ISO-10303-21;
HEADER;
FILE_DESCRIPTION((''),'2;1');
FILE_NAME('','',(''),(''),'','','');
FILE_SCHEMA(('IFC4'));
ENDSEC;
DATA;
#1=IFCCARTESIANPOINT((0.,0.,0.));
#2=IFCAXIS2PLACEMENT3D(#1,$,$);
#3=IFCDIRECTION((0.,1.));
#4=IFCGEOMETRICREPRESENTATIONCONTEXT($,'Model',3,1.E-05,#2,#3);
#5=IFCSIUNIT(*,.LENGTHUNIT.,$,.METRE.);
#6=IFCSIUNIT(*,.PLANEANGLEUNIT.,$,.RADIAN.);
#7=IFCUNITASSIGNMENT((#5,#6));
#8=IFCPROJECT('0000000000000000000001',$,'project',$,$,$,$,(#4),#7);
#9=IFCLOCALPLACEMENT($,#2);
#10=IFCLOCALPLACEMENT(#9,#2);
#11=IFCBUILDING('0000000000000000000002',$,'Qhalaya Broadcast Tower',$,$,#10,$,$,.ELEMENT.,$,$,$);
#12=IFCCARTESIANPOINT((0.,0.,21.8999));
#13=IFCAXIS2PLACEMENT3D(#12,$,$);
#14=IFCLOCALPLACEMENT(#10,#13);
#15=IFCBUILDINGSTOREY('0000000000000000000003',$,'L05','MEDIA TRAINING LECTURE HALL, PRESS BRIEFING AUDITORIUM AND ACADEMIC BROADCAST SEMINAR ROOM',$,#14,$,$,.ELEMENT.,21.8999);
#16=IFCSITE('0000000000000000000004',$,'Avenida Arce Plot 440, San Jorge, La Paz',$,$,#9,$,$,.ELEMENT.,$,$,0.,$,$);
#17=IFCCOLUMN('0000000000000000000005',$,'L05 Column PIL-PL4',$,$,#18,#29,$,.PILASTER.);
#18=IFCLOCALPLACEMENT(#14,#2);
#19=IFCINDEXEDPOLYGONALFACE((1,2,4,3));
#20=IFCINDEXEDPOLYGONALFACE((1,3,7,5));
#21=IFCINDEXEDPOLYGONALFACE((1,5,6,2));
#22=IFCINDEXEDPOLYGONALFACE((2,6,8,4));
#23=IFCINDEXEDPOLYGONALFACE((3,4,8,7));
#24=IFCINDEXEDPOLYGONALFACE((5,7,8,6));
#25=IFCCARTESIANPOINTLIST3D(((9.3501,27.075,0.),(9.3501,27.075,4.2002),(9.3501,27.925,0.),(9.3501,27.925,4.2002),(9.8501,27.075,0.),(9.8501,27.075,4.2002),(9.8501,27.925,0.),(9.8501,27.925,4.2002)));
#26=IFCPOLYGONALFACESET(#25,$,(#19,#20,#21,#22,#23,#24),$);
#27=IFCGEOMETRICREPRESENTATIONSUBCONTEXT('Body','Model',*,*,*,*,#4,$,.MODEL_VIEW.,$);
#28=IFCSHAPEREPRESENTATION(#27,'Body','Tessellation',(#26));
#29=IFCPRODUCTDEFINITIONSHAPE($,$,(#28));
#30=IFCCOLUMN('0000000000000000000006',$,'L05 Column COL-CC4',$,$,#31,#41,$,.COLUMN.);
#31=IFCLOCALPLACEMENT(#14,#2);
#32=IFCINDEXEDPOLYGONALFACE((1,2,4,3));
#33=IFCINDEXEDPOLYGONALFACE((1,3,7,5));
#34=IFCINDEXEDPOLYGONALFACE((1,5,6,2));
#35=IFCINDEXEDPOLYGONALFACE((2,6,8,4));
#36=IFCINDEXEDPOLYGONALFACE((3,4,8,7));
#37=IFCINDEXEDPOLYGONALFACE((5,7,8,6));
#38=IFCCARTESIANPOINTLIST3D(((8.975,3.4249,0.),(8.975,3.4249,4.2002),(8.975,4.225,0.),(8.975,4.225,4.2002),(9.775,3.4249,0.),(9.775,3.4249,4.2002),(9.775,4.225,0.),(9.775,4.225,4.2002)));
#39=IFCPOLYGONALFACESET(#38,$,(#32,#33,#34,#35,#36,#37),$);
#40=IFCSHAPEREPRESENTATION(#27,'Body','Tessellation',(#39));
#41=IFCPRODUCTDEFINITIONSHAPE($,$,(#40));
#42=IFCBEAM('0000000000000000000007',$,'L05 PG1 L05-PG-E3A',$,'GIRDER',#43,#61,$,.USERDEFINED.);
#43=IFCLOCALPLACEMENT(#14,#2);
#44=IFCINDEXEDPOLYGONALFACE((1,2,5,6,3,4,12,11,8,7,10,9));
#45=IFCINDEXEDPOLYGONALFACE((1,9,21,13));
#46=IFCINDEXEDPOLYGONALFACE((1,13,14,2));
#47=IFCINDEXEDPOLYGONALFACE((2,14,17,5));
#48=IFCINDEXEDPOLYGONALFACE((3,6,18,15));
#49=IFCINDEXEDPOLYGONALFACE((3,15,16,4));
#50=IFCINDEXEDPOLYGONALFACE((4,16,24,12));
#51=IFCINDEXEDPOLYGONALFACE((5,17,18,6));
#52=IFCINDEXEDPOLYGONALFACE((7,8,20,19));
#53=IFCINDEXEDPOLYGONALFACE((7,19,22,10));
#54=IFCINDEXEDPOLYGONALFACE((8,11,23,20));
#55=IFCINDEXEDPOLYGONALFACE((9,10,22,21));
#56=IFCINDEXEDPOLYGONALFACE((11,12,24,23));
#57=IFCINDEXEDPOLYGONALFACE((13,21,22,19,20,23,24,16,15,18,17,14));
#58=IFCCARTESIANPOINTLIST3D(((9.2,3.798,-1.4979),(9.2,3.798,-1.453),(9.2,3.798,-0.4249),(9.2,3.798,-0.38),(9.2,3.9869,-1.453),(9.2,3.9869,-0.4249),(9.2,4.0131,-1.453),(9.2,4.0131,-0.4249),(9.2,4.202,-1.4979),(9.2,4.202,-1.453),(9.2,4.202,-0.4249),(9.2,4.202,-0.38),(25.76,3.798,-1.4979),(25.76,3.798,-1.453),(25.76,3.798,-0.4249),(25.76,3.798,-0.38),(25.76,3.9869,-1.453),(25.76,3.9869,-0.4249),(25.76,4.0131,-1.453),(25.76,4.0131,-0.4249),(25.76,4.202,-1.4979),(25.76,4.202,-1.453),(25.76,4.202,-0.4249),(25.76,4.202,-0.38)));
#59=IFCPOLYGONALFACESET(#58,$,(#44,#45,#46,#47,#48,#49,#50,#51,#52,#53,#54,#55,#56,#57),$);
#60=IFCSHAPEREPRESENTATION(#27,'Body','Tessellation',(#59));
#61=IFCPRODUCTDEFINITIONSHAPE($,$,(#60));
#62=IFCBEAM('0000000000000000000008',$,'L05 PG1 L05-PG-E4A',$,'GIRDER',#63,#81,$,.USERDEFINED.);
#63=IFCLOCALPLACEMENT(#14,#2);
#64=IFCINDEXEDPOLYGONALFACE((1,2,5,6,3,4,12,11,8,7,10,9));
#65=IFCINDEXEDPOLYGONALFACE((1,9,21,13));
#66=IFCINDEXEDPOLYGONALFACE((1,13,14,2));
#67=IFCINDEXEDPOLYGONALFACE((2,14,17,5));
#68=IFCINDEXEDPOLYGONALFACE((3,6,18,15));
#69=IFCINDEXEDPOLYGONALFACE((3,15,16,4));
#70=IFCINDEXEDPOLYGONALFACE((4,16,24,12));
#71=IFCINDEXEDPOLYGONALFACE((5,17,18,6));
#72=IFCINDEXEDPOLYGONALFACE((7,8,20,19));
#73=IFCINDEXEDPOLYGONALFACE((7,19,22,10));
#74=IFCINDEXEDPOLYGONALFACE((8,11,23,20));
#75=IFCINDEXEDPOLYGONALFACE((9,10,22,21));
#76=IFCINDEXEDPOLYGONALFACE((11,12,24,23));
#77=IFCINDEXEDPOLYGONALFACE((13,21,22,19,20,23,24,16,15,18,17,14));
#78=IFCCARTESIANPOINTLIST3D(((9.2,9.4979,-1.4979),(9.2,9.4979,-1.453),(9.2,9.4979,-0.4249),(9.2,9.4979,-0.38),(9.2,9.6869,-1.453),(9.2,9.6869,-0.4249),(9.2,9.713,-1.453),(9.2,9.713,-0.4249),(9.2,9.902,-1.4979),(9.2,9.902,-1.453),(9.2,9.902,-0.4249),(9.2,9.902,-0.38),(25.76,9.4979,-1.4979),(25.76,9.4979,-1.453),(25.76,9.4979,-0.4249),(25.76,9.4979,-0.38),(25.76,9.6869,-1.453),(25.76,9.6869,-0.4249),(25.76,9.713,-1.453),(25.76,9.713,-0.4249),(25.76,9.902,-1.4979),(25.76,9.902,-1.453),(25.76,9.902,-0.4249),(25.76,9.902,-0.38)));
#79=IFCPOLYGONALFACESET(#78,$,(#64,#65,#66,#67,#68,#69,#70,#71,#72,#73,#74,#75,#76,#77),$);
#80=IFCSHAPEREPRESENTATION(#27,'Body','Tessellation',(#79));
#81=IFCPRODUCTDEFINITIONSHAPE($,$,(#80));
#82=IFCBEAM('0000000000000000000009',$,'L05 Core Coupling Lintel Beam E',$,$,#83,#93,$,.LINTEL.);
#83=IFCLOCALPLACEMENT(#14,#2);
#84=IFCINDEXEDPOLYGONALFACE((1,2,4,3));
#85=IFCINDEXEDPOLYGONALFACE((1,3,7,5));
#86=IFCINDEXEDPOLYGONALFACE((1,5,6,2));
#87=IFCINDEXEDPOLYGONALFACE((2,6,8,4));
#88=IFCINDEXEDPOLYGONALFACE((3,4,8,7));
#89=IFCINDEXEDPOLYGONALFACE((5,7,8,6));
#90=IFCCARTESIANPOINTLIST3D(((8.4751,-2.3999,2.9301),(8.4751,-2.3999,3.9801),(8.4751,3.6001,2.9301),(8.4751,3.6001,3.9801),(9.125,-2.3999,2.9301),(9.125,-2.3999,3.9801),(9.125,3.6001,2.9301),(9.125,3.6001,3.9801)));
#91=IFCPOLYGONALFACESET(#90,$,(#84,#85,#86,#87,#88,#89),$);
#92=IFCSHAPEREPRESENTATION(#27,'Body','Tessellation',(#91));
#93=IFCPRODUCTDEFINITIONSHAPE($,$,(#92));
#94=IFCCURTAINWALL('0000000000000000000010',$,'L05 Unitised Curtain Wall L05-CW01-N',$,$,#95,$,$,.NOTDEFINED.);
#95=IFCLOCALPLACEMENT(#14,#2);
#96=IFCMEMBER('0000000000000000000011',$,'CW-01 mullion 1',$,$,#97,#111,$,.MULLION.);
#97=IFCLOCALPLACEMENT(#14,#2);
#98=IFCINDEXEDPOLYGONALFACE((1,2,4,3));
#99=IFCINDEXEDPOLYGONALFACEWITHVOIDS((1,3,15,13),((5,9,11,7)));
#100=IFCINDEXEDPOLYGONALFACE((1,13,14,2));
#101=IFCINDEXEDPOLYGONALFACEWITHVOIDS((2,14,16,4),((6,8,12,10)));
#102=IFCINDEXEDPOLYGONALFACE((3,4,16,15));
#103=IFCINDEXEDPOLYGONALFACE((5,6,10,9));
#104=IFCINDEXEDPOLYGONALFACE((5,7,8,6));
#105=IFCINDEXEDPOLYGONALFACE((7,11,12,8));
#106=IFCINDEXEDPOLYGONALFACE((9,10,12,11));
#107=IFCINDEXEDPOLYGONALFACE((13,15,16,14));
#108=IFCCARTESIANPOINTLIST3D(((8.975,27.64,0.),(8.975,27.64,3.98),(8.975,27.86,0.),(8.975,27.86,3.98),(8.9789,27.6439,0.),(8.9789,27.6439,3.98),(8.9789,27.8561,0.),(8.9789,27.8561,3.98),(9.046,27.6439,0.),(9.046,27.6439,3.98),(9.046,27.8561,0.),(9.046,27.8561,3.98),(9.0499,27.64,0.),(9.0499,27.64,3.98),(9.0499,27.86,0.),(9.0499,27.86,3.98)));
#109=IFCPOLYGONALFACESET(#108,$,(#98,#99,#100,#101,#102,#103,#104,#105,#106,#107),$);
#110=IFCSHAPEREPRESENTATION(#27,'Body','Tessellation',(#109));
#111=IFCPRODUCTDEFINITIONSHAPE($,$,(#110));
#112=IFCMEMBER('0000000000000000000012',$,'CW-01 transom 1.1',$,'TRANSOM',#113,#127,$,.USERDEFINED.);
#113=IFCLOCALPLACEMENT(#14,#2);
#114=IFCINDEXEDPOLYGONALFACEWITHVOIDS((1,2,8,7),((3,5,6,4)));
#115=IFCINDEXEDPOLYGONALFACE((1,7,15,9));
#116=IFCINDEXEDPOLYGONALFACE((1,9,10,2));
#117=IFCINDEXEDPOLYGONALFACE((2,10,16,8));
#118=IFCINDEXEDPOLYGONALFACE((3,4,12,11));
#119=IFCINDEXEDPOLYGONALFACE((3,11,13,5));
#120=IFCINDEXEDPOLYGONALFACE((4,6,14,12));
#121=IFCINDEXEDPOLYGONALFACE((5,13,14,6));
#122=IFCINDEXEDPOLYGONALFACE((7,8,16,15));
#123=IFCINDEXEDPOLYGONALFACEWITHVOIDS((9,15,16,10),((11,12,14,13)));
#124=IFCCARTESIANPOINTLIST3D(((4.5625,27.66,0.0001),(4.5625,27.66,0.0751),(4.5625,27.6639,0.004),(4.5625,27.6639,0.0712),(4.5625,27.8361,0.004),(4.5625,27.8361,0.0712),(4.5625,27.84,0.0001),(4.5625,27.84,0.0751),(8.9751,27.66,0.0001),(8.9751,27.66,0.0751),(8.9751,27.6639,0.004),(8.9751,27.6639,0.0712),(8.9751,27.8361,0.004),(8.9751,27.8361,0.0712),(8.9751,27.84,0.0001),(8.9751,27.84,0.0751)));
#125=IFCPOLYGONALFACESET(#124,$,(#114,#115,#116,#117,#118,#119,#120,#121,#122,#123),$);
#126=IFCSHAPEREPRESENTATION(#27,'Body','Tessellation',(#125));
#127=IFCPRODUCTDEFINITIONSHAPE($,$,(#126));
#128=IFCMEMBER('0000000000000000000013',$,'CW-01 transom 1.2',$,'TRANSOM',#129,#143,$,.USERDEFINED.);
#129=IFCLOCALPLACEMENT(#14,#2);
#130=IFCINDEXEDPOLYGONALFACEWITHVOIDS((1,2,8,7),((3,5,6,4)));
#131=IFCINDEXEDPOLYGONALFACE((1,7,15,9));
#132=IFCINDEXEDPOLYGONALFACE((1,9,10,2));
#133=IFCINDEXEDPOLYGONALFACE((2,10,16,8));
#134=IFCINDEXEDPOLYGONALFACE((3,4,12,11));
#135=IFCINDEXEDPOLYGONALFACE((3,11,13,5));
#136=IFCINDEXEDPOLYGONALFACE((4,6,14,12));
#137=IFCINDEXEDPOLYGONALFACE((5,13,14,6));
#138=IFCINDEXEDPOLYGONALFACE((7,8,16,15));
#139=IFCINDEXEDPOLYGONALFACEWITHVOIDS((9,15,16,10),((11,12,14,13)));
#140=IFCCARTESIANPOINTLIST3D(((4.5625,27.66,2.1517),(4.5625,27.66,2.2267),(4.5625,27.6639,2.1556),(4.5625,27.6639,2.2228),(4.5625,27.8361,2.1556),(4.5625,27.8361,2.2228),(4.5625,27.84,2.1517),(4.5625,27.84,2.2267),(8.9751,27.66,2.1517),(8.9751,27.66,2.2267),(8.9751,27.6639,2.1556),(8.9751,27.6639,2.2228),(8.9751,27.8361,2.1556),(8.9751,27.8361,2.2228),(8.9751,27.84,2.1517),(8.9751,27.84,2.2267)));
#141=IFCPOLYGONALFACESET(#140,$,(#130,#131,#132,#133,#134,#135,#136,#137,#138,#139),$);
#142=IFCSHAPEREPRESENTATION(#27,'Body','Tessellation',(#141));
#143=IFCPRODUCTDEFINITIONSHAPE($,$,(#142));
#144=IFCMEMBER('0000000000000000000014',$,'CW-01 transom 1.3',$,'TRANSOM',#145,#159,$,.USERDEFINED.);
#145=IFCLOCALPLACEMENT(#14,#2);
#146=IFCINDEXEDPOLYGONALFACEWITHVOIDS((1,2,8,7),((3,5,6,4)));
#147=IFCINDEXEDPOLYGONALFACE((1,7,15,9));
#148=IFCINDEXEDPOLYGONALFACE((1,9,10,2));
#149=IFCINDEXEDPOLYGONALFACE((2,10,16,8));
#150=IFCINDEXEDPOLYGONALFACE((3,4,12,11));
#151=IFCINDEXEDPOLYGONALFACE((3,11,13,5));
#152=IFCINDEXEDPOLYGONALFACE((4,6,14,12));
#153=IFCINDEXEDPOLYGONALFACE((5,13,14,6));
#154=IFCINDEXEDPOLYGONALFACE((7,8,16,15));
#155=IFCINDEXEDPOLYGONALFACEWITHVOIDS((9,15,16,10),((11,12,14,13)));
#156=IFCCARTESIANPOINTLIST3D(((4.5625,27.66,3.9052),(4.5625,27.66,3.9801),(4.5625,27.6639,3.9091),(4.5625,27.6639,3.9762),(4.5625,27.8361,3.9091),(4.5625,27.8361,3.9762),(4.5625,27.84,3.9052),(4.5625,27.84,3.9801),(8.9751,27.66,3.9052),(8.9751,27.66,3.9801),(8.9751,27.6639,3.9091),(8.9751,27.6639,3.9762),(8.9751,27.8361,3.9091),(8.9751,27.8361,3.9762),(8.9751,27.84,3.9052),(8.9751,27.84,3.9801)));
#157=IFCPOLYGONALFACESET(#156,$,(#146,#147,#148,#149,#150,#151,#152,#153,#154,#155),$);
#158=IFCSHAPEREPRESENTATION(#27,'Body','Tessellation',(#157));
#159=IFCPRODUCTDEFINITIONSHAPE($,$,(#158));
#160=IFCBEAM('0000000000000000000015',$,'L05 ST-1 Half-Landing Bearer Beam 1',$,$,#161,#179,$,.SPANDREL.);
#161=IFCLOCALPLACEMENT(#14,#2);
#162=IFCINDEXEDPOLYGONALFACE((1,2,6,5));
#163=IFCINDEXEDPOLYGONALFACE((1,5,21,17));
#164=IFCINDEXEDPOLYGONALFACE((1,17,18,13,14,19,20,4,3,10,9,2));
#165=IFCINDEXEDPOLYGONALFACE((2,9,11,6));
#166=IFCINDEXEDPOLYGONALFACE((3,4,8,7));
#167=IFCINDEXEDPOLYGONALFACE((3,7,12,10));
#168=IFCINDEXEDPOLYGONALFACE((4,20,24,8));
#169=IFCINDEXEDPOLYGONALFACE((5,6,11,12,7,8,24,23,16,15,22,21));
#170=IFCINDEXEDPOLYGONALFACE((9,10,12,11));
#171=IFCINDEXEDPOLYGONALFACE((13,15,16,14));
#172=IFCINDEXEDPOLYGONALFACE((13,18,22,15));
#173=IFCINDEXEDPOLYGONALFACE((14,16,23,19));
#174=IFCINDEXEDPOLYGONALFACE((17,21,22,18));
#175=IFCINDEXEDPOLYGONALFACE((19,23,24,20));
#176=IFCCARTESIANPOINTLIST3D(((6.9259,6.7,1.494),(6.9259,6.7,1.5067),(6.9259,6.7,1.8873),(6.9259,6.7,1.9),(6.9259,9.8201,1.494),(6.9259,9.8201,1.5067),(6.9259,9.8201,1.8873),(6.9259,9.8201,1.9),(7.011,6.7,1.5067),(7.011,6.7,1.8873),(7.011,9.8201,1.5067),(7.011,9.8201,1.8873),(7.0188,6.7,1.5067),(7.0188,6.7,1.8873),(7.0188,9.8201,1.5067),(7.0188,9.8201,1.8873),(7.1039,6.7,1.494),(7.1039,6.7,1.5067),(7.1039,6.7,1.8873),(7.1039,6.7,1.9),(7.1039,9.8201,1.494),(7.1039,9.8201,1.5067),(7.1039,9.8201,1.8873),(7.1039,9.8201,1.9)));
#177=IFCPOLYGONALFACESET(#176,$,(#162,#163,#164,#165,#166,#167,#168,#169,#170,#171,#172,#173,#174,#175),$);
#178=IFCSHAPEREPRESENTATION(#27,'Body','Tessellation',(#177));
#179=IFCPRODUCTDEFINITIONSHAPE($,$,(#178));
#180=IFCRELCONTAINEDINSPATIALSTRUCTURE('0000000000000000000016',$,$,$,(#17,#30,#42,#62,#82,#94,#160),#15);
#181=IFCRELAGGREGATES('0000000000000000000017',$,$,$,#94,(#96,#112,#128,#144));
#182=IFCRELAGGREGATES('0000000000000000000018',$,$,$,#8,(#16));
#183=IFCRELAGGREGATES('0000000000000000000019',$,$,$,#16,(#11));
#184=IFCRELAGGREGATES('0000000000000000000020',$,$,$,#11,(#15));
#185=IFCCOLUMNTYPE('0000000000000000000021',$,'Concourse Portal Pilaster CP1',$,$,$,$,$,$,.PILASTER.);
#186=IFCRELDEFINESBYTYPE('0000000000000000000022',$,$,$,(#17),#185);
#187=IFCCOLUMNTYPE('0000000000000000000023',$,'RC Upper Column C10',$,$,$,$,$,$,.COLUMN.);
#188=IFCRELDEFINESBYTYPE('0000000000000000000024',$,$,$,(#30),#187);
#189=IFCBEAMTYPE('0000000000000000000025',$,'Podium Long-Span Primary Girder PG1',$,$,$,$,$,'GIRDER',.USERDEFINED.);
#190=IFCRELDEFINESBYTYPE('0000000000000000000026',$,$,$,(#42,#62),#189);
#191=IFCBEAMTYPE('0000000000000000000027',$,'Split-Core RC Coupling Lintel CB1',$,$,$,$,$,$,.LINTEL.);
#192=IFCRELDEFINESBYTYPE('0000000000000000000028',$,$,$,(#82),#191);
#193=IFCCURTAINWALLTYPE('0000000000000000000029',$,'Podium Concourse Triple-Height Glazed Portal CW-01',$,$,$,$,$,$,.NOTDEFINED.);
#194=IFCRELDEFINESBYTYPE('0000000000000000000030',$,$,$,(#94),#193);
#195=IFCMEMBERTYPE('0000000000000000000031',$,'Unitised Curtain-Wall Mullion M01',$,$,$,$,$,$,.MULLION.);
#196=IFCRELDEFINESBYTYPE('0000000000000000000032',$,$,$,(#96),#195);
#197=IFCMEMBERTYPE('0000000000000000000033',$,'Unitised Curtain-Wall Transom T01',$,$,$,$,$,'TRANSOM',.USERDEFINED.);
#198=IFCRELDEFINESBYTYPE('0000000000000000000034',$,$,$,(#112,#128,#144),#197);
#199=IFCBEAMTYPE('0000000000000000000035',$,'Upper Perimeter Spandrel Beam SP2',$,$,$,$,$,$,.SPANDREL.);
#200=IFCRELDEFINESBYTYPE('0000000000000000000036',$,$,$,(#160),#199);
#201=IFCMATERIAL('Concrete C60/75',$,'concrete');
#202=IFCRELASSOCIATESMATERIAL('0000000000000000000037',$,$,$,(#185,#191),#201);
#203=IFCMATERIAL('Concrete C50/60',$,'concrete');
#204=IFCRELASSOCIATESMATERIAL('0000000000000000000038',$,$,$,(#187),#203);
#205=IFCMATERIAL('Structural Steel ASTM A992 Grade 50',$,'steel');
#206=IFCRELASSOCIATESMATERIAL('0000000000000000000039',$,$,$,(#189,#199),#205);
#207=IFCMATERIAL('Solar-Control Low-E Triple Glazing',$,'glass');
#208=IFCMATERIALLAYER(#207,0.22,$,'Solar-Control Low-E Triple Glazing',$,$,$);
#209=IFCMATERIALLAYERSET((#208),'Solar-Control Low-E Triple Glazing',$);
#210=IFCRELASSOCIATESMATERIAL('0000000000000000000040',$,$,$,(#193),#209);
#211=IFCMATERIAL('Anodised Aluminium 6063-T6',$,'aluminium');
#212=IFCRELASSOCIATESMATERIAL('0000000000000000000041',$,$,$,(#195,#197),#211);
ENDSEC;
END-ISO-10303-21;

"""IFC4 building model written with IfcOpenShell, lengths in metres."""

from ifc_helpers import new_model, si_unit, direction, frame, origin, origin_2d, place, context, subcontext, project, spatial, rectangle, hollow_rectangle, i_section, extrude, material, layer, layer_set, material_profile, profile_set, type_object, element, aggregate, save


model = new_model("IFC4")

# Units and contexts
model_context = context("Model", 3, precision=1e-05, world=origin(), true_north=direction((0.0, 1.0)))
body_context = subcontext(model_context, "Body", "Model", "MODEL_VIEW")
ifc_project = project(units=[si_unit("LENGTHUNIT", "METRE"), si_unit("PLANEANGLEUNIT", "RADIAN")], contexts=[model_context])

# Site, building, storey
site_placement = place(None, origin())
site = spatial("IfcSite", under=ifc_project, at=site_placement, Name="Avenida Arce Plot 440, San Jorge, La Paz", CompositionType="ELEMENT", RefElevation=0.0)
building_placement = place(site_placement, origin())
building = spatial("IfcBuilding", under=site, at=building_placement, Name="Qhalaya Broadcast Tower", CompositionType="ELEMENT")
storey_placement = place(building_placement, frame((0.0, 0.0, 21.8999)))
storey = spatial("IfcBuildingStorey", under=building, at=storey_placement, Name="L05", Description="MEDIA TRAINING LECTURE HALL, PRESS BRIEFING AUDITORIUM AND ACADEMIC BROADCAST SEMINAR ROOM", CompositionType="ELEMENT", Elevation=21.8999)

# Columns
ifc_material_1 = material(Name="Concrete C60/75", Category="concrete")
ifc_material_profile_1 = material_profile(ifc_material_1, rectangle(XDim=0.5, YDim=0.8501, at=origin_2d()), Name="RC-PIL 500x850")
ifc_profile_set_1 = profile_set([ifc_material_profile_1], Name="Concrete C60/75")
column_type_1 = type_object("IfcColumnType", Name="Concourse Portal Pilaster CP1", PredefinedType="PILASTER", material=ifc_profile_set_1)
column_1_placement = place(storey_placement, frame((9.6001, 27.5, 0.0), z_axis=(0.0, 0.0, 1.0), x_axis=(1.0, 0.0, 0.0)))
element("IfcColumn", 1, at=column_1_placement, inside=storey, type_object=column_type_1, Name="L05 Column PIL-PL4", PredefinedType="PILASTER", context=body_context, shape_type="SweptSolid", body=[
    extrude(rectangle(XDim=0.5, YDim=0.8501, at=origin_2d()), origin(), (0.0, 0.0, 1.0), 4.2002),
])
ifc_material_2 = material(Name="Concrete C50/60", Category="concrete")
ifc_material_profile_2 = material_profile(ifc_material_2, rectangle(XDim=0.8, YDim=0.8, at=origin_2d()), Name="RC-COL 800x800")
ifc_profile_set_2 = profile_set([ifc_material_profile_2], Name="Concrete C50/60")
column_type_2 = type_object("IfcColumnType", Name="RC Upper Column C10", PredefinedType="COLUMN", material=ifc_profile_set_2)
column_2_placement = place(storey_placement, frame((9.375, 3.825, 0.0), z_axis=(0.0, 0.0, 1.0), x_axis=(1.0, 0.0, 0.0)))
element("IfcColumn", 2, at=column_2_placement, inside=storey, type_object=column_type_2, Name="L05 Column COL-CC4", PredefinedType="COLUMN", context=body_context, shape_type="SweptSolid", body=[
    extrude(rectangle(XDim=0.8, YDim=0.8, at=origin_2d()), origin(), (0.0, 0.0, 1.0), 4.2002),
])

# Beams
ifc_material_3 = material(Name="Structural Steel ASTM A992 Grade 50", Category="steel")
ifc_material_profile_3 = material_profile(ifc_material_3, i_section(OverallWidth=0.4041, OverallDepth=1.1179, WebThickness=0.0261, FlangeThickness=0.0449, at=origin_2d()), Name="W44X335")
ifc_profile_set_3 = profile_set([ifc_material_profile_3], Name="Structural Steel ASTM A992 Grade 50")
beam_type_1 = type_object("IfcBeamType", Name="Podium Long-Span Primary Girder PG1", ElementType="GIRDER", PredefinedType="USERDEFINED", material=ifc_profile_set_3)
for number, where, z_axis, x_axis, name in (
    (3, (9.2, 4.0, -0.939), (1.0, 0.0, 0.0), (0.0, 1.0, 0.0), "L05 PG1 L05-PG-E3A"),
    (4, (9.2, 9.7, -0.939), (1.0, 0.0, 0.0), (0.0, 1.0, 0.0), "L05 PG1 L05-PG-E4A"),
):
    element("IfcBeam", number, at=place(storey_placement, frame(where, z_axis=z_axis, x_axis=x_axis)), inside=storey, type_object=beam_type_1, Name=name, ObjectType="GIRDER", PredefinedType="USERDEFINED", context=body_context, shape_type="SweptSolid", body=[
        extrude(i_section(OverallWidth=0.4041, OverallDepth=1.1179, WebThickness=0.0261, FlangeThickness=0.0449, at=origin_2d()), origin(), (0.0, 0.0, 1.0), 16.5601),
    ])
ifc_material_profile_4 = material_profile(ifc_material_1, rectangle(XDim=0.6499, YDim=1.05, at=origin_2d()), Name="RC-CB 650x1050")
ifc_profile_set_4 = profile_set([ifc_material_profile_4], Name="Concrete C60/75")
beam_type_2 = type_object("IfcBeamType", Name="Split-Core RC Coupling Lintel CB1", PredefinedType="LINTEL", material=ifc_profile_set_4)
beam_placement = place(storey_placement, frame((8.8, -2.3999, 3.4551), z_axis=(0.0, 1.0, 0.0), x_axis=(-1.0, 0.0, 0.0)))
element("IfcBeam", 5, at=beam_placement, inside=storey, type_object=beam_type_2, Name="L05 Core Coupling Lintel Beam E", PredefinedType="LINTEL", context=body_context, shape_type="SweptSolid", body=[
    extrude(rectangle(XDim=0.6499, YDim=1.05, at=origin_2d()), origin(), (0.0, 0.0, 1.0), 6.0),
])

# Curtain wall, members
ifc_material_4 = material(Name="Solar-Control Low-E Triple Glazing", Category="glass")
ifc_layer_1 = layer(ifc_material_4, 0.22, Name="Solar-Control Low-E Triple Glazing")
ifc_layer_set_1 = layer_set([ifc_layer_1], Name="Solar-Control Low-E Triple Glazing")
curtain_wall_type = type_object("IfcCurtainWallType", Name="Podium Concourse Triple-Height Glazed Portal CW-01", PredefinedType="NOTDEFINED", material=ifc_layer_set_1)
curtain_wall_placement = place(storey_placement, origin())
curtain_wall = element("IfcCurtainWall", 6, at=curtain_wall_placement, inside=storey, type_object=curtain_wall_type, Name="L05 Unitised Curtain Wall L05-CW01-N", PredefinedType="NOTDEFINED")
ifc_material_5 = material(Name="Anodised Aluminium 6063-T6", Category="aluminium")
ifc_material_profile_5 = material_profile(ifc_material_5, hollow_rectangle(XDim=0.075, YDim=0.22, WallThickness=0.0039, at=origin_2d()), Name="ALU-MUL 75x220x4")
ifc_profile_set_5 = profile_set([ifc_material_profile_5], Name="Anodised Aluminium 6063-T6")
member_type_1 = type_object("IfcMemberType", Name="Unitised Curtain-Wall Mullion M01", PredefinedType="MULLION", material=ifc_profile_set_5)
member_1_placement = place(storey_placement, frame((9.0125, 27.75, 0.0), z_axis=(0.0, 0.0, 1.0), x_axis=(-1.0, 0.0, 0.0)))
member_1 = element("IfcMember", 7, at=member_1_placement, type_object=member_type_1, Name="CW-01 mullion 1", PredefinedType="MULLION", context=body_context, shape_type="SweptSolid", body=[
    extrude(hollow_rectangle(XDim=0.075, YDim=0.22, WallThickness=0.0039, at=origin_2d()), origin(), (0.0, 0.0, 1.0), 3.98),
])
ifc_material_profile_6 = material_profile(ifc_material_5, hollow_rectangle(XDim=0.075, YDim=0.1799, WallThickness=0.0039, at=origin_2d()), Name="ALU-TRN 75x180x4")
ifc_profile_set_6 = profile_set([ifc_material_profile_6], Name="Anodised Aluminium 6063-T6")
member_type_2 = type_object("IfcMemberType", Name="Unitised Curtain-Wall Transom T01", ElementType="TRANSOM", PredefinedType="USERDEFINED", material=ifc_profile_set_6)
member_2_placement = place(storey_placement, frame((8.9751, 27.75, 0.0376), z_axis=(-1.0, 0.0, 0.0), x_axis=(0.0, 0.0, 1.0)))
member_2 = element("IfcMember", 8, at=member_2_placement, type_object=member_type_2, Name="CW-01 transom 1.1", ObjectType="TRANSOM", PredefinedType="USERDEFINED", context=body_context, shape_type="SweptSolid", body=[
    extrude(hollow_rectangle(XDim=0.075, YDim=0.1799, WallThickness=0.0039, at=origin_2d()), origin(), (0.0, 0.0, 1.0), 4.4126),
])
member_3_placement = place(storey_placement, frame((8.9751, 27.75, 2.1892), z_axis=(-1.0, 0.0, 0.0), x_axis=(0.0, 0.0, 1.0)))
member_3 = element("IfcMember", 9, at=member_3_placement, type_object=member_type_2, Name="CW-01 transom 1.2", ObjectType="TRANSOM", PredefinedType="USERDEFINED", context=body_context, shape_type="SweptSolid", body=[
    extrude(hollow_rectangle(XDim=0.075, YDim=0.1799, WallThickness=0.0039, at=origin_2d()), origin(), (0.0, 0.0, 1.0), 4.4126),
])
member_4_placement = place(storey_placement, frame((8.9751, 27.75, 3.9426), z_axis=(-1.0, 0.0, 0.0), x_axis=(0.0, 0.0, 1.0)))
member_4 = element("IfcMember", 10, at=member_4_placement, type_object=member_type_2, Name="CW-01 transom 1.3", ObjectType="TRANSOM", PredefinedType="USERDEFINED", context=body_context, shape_type="SweptSolid", body=[
    extrude(hollow_rectangle(XDim=0.075, YDim=0.1799, WallThickness=0.0039, at=origin_2d()), origin(), (0.0, 0.0, 1.0), 4.4126),
])
aggregate(curtain_wall, [member_1, member_2, member_3, member_4])

# Beam
ifc_material_profile_7 = material_profile(ifc_material_3, i_section(OverallWidth=0.178, OverallDepth=0.406, WebThickness=0.0078, FlangeThickness=0.0127, at=origin_2d()), Name="W16X40")
ifc_profile_set_7 = profile_set([ifc_material_profile_7], Name="Structural Steel ASTM A992 Grade 50")
beam_type_3 = type_object("IfcBeamType", Name="Upper Perimeter Spandrel Beam SP2", PredefinedType="SPANDREL", material=ifc_profile_set_7)
for number, where, z_axis, x_axis, name in (
    (11, (7.0149, 6.7, 1.697), (0.0, 1.0, 0.0), (-1.0, 0.0, 0.0), "L05 ST-1 Half-Landing Bearer Beam 1"),
):
    element("IfcBeam", number, at=place(storey_placement, frame(where, z_axis=z_axis, x_axis=x_axis)), inside=storey, type_object=beam_type_3, Name=name, PredefinedType="SPANDREL", context=body_context, shape_type="SweptSolid", body=[
        extrude(i_section(OverallWidth=0.178, OverallDepth=0.406, WebThickness=0.0078, FlangeThickness=0.0127, at=origin_2d()), origin(), (0.0, 0.0, 1.0), 3.1201),
    ])

save(model, "model.ifc")
